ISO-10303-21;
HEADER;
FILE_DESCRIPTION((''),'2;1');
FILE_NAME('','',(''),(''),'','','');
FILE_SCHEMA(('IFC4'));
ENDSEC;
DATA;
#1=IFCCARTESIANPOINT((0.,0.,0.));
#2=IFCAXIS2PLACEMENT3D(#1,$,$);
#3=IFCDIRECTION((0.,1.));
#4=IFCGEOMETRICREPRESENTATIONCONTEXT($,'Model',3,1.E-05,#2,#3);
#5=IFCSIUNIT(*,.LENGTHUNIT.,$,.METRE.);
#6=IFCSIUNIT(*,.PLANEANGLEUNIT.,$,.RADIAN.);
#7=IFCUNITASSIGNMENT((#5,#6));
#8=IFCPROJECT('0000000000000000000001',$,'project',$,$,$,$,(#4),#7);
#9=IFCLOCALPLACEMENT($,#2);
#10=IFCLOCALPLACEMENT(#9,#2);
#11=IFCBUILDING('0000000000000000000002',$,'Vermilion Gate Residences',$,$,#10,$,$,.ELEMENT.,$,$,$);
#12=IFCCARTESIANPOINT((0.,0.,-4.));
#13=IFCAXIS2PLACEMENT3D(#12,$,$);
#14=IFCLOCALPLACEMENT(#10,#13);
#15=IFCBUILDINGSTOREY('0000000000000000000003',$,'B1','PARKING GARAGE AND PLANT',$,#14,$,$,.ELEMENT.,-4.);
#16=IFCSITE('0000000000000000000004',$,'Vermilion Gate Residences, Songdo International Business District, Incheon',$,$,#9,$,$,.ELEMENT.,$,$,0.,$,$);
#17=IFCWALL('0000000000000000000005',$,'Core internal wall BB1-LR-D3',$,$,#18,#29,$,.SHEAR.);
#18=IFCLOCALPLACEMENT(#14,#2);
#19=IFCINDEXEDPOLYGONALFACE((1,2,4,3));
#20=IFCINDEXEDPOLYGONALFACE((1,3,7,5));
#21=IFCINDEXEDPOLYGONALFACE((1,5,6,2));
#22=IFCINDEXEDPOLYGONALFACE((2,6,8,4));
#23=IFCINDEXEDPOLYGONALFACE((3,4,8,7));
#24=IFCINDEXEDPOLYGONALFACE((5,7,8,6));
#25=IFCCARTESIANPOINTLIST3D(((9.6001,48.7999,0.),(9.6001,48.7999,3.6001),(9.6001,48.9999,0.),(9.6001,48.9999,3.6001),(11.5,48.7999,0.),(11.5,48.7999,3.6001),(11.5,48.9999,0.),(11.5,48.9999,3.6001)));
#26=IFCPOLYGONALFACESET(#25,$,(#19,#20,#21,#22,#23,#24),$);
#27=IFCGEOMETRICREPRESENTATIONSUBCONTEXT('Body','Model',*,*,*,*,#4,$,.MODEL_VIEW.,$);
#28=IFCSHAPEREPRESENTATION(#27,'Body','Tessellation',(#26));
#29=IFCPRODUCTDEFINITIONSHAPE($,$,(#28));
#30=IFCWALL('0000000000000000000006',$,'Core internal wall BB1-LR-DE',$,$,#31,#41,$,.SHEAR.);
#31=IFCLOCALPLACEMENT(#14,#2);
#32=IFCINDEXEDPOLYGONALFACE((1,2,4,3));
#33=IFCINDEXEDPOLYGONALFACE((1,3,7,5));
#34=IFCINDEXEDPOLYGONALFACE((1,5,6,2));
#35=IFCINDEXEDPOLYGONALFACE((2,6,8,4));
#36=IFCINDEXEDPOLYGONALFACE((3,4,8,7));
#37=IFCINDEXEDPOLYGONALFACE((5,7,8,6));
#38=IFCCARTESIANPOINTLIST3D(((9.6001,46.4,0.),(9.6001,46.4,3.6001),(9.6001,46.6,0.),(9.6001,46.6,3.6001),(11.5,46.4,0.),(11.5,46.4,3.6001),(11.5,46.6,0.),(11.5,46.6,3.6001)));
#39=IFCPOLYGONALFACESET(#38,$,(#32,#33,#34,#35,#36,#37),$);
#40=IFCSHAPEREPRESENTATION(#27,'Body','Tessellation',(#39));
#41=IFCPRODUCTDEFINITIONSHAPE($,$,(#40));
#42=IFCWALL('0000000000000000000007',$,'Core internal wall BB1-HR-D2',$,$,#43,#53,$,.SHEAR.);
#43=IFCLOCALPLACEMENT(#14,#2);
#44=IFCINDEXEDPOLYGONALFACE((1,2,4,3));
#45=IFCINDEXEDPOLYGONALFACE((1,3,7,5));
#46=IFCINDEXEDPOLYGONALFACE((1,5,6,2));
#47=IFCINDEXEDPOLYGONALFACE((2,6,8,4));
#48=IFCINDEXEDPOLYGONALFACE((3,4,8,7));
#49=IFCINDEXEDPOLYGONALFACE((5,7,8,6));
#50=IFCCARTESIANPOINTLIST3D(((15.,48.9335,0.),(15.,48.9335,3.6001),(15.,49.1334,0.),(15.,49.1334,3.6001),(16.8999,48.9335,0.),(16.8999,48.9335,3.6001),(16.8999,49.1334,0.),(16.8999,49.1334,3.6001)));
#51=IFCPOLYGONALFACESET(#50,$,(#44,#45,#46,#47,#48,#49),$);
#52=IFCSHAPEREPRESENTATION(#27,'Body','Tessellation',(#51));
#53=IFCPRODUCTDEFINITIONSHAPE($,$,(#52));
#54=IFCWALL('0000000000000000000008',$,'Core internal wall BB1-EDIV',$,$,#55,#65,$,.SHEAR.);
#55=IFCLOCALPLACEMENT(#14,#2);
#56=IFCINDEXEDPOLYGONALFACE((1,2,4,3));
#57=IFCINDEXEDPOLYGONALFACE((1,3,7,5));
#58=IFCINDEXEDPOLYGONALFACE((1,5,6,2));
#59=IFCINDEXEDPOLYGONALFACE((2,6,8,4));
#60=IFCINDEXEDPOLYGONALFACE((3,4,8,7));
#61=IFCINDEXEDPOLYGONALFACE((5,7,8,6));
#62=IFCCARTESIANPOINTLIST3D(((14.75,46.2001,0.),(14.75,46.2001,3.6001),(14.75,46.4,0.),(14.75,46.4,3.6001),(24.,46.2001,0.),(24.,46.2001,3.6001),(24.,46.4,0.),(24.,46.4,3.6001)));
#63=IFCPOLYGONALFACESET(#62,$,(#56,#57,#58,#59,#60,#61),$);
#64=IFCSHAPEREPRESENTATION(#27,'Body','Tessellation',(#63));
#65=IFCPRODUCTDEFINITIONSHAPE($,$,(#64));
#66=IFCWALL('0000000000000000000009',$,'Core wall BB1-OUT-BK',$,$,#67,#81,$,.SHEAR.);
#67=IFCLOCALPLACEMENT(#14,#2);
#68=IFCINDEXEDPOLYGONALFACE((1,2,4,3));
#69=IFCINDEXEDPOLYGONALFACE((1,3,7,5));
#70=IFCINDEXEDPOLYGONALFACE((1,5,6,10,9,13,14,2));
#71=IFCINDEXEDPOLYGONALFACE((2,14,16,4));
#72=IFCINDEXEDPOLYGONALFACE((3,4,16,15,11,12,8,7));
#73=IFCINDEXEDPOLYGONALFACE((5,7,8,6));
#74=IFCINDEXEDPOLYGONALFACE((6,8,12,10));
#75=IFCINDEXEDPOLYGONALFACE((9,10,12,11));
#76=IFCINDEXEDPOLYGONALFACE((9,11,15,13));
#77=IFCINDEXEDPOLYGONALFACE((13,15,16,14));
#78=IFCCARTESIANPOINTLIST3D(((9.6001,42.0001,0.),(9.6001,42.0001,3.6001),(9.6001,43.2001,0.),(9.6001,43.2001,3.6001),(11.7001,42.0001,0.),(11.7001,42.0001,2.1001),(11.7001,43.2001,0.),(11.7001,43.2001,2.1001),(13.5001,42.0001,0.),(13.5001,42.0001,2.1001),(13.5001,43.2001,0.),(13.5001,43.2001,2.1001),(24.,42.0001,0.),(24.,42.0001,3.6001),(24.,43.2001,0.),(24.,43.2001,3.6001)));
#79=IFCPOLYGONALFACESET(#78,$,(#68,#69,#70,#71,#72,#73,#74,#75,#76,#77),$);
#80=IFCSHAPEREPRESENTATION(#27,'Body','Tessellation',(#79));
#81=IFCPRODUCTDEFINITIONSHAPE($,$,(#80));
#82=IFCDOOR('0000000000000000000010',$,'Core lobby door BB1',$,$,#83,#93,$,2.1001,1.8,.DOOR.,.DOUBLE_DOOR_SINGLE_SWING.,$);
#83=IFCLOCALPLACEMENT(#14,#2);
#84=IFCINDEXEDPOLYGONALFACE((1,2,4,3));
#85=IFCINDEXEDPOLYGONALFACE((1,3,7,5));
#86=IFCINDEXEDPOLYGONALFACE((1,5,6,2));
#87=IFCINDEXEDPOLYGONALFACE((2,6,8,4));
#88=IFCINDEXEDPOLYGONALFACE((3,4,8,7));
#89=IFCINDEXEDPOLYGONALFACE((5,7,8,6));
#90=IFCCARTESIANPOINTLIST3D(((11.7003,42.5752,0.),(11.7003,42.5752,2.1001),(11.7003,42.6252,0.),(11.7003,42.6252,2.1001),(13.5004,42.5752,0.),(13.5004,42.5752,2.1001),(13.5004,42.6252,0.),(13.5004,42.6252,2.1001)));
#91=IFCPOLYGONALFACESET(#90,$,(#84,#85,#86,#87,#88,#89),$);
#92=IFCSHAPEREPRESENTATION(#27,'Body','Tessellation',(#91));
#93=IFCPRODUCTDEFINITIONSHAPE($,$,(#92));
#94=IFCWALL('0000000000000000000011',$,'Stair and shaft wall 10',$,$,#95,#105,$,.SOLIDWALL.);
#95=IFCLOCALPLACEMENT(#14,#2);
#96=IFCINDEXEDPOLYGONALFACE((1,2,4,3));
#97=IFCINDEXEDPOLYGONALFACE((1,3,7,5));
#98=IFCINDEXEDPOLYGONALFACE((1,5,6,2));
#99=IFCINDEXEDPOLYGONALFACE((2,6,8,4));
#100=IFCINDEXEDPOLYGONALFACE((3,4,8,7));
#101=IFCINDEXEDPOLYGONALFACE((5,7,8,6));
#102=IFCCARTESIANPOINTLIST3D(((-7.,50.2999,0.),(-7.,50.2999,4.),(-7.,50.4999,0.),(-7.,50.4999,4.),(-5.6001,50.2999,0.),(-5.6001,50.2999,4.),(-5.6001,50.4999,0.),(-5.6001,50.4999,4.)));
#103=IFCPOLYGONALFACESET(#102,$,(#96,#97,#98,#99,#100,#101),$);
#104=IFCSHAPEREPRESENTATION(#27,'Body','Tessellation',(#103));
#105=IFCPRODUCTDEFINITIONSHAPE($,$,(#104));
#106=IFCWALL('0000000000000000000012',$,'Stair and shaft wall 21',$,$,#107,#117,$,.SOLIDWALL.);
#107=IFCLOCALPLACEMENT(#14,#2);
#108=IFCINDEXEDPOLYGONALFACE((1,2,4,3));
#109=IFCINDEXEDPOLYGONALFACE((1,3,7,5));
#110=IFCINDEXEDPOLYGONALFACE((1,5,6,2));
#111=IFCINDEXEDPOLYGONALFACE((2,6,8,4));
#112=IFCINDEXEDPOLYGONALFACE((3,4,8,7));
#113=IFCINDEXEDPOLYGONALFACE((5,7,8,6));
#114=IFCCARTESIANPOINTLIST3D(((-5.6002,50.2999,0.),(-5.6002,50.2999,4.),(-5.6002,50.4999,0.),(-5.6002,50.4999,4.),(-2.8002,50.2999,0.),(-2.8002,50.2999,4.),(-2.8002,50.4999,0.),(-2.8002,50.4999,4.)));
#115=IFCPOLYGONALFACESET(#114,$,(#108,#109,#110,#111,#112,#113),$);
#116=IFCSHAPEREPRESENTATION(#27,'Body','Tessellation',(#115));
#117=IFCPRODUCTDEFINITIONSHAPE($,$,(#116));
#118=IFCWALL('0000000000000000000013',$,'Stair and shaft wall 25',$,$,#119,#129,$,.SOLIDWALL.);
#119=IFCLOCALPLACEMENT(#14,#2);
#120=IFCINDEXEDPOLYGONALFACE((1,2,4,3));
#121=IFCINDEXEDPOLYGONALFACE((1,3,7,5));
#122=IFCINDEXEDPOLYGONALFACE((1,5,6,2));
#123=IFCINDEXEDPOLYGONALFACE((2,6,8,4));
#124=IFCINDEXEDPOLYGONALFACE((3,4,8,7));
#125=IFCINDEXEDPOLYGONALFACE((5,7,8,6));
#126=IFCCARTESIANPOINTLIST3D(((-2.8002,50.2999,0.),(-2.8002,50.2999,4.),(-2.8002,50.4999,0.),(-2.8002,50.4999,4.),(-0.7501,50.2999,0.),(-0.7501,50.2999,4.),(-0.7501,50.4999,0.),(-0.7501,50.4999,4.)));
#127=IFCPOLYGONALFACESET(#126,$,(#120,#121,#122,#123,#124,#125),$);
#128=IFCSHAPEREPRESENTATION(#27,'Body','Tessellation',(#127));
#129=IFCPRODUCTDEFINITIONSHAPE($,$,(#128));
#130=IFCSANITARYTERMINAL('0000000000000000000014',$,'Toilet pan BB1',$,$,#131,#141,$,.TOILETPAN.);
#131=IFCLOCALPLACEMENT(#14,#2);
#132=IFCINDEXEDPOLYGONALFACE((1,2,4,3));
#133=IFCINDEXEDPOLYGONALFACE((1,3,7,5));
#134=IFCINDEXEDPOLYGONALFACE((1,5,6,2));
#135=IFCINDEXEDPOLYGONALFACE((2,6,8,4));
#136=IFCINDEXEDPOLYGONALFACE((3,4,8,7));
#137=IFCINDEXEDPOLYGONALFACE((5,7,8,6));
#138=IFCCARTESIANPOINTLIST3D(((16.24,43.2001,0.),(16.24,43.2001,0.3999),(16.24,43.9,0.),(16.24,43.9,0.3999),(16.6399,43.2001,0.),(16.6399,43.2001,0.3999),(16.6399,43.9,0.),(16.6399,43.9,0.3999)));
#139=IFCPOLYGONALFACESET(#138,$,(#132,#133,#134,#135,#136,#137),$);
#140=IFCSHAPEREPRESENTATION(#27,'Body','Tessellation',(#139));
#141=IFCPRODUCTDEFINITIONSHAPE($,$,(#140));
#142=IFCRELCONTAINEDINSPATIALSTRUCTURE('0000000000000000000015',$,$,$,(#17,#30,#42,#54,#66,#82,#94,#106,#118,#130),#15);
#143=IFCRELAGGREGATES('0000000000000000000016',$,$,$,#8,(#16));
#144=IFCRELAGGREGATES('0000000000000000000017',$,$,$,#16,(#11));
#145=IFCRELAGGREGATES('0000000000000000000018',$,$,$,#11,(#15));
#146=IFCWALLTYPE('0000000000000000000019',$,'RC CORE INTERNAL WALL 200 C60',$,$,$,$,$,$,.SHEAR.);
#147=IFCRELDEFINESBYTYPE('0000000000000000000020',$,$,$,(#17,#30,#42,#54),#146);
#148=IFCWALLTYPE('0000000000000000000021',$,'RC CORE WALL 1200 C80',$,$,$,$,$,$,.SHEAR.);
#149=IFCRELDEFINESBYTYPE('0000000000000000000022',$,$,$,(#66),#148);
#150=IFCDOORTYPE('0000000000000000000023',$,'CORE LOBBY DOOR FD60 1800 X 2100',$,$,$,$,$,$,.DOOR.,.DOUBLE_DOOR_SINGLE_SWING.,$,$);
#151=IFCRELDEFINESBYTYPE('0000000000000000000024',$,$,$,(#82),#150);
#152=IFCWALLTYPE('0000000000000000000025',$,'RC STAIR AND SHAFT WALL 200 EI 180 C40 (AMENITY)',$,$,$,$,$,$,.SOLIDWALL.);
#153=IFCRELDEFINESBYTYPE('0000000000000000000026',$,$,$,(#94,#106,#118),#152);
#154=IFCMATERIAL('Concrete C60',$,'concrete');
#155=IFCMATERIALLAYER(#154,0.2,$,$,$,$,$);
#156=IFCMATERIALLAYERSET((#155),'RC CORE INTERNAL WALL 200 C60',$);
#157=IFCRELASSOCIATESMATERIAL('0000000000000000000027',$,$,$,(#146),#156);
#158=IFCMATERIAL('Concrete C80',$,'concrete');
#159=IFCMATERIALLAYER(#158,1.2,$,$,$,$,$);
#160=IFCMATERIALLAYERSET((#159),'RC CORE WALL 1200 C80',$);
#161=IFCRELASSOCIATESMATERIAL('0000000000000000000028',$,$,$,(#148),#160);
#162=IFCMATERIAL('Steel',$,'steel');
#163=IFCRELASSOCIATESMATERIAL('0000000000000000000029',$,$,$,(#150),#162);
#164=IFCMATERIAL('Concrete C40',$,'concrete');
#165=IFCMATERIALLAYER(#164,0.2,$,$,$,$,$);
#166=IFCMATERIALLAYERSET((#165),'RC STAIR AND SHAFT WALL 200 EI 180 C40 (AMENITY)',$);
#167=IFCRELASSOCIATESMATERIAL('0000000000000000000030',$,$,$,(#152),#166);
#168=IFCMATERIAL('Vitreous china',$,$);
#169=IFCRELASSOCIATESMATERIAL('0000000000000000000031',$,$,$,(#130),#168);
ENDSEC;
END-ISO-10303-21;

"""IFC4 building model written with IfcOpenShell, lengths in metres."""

from ifc_helpers import new_model, si_unit, direction, frame, frame_2d, origin, origin_2d, place, context, subcontext, project, spatial, rectangle, extrude, material, layer, layer_set, type_object, element, fill, save


model = new_model("IFC4")

# Units and contexts
model_context = context("Model", 3, precision=1e-05, world=origin(), true_north=direction((0.0, 1.0)))
body_context = subcontext(model_context, "Body", "Model", "MODEL_VIEW")
ifc_project = project(units=[si_unit("LENGTHUNIT", "METRE"), si_unit("PLANEANGLEUNIT", "RADIAN")], contexts=[model_context])

# Site, building, storey
site_placement = place(None, origin())
site = spatial("IfcSite", under=ifc_project, at=site_placement, Name="Vermilion Gate Residences, Songdo International Business District, Incheon", CompositionType="ELEMENT", RefElevation=0.0)
building_placement = place(site_placement, origin())
building = spatial("IfcBuilding", under=site, at=building_placement, Name="Vermilion Gate Residences", CompositionType="ELEMENT")
storey_placement = place(building_placement, frame((0.0, 0.0, -4.0)))
storey = spatial("IfcBuildingStorey", under=building, at=storey_placement, Name="B1", Description="PARKING GARAGE AND PLANT", CompositionType="ELEMENT", Elevation=-4.0)

# Walls
ifc_material_1 = material(Name="Concrete C60", Category="concrete")
ifc_layer_1 = layer(ifc_material_1, 0.2)
ifc_layer_set_1 = layer_set([ifc_layer_1], Name="RC CORE INTERNAL WALL 200 C60")
wall_type_1 = type_object("IfcWallType", Name="RC CORE INTERNAL WALL 200 C60", PredefinedType="SHEAR", material=ifc_layer_set_1)
for number, where, z_axis, x_axis, name in (
    (1, (9.6001, 48.8999, 0.0), (0.0, 0.0, 1.0), (1.0, 0.0, 0.0), "Core internal wall BB1-LR-D3"),
    (2, (9.6001, 46.5, 0.0), (0.0, 0.0, 1.0), (1.0, 0.0, 0.0), "Core internal wall BB1-LR-DE"),
    (3, (15.0, 49.0334, 0.0), (0.0, 0.0, 1.0), (1.0, 0.0, 0.0), "Core internal wall BB1-HR-D2"),
):
    element("IfcWall", number, at=place(storey_placement, frame(where, z_axis=z_axis, x_axis=x_axis)), inside=storey, type_object=wall_type_1, Name=name, PredefinedType="SHEAR", context=body_context, shape_type="SweptSolid", body=[
        extrude(rectangle(XDim=1.8999, YDim=0.2, at=frame_2d((0.95, 0.0))), origin(), (0.0, 0.0, 1.0), 3.6001),
    ])
wall_1_placement = place(storey_placement, frame((14.75, 46.3, 0.0), z_axis=(0.0, 0.0, 1.0), x_axis=(1.0, 0.0, 0.0)))
element("IfcWall", 4, at=wall_1_placement, inside=storey, type_object=wall_type_1, Name="Core internal wall BB1-EDIV", PredefinedType="SHEAR", context=body_context, shape_type="SweptSolid", body=[
    extrude(rectangle(XDim=9.25, YDim=0.2, at=frame_2d((4.625, 0.0))), origin(), (0.0, 0.0, 1.0), 3.6001),
])

# Wall, opening, door
ifc_material_2 = material(Name="Concrete C80", Category="concrete")
ifc_layer_2 = layer(ifc_material_2, 1.2)
ifc_layer_set_2 = layer_set([ifc_layer_2], Name="RC CORE WALL 1200 C80")
wall_type_2 = type_object("IfcWallType", Name="RC CORE WALL 1200 C80", PredefinedType="SHEAR", material=ifc_layer_set_2)
wall_2_placement = place(storey_placement, frame((9.6001, 42.6001, 0.0), z_axis=(0.0, 0.0, 1.0), x_axis=(1.0, 0.0, 0.0)))
wall_2 = element("IfcWall", 5, at=wall_2_placement, inside=storey, type_object=wall_type_2, Name="Core wall BB1-OUT-BK", PredefinedType="SHEAR", context=body_context, shape_type="SweptSolid", body=[
    extrude(rectangle(XDim=14.3999, YDim=1.2, at=frame_2d((7.2, 0.0))), origin(), (0.0, 0.0, 1.0), 3.6001),
])
opening_1_placement = place(wall_2_placement, frame((2.1001, 0.0, 0.0)))
opening_1 = element("IfcOpeningElement", 6, at=opening_1_placement, cuts=wall_2, PredefinedType="OPENING", context=body_context, shape_type="SweptSolid", body=[
    extrude(rectangle(XDim=1.8, YDim=2.1001, at=frame_2d((0.8999, 1.05))), frame((0.0, 0.6099, 0.0), z_axis=(0.0, -1.0, 0.0), x_axis=(1.0, 0.0, 0.0)), (0.0, 0.0, 1.0), 1.22),
])
ifc_material_3 = material(Name="Steel", Category="steel")
door_type_1 = type_object("IfcDoorType", Name="CORE LOBBY DOOR FD60 1800 X 2100", OperationType="DOUBLE_DOOR_SINGLE_SWING", PredefinedType="DOOR", material=ifc_material_3)
door_1_placement = place(opening_1_placement, frame((1.8, 0.0, 0.0), z_axis=(0.0, 0.0, 1.0), x_axis=(-1.0, 0.0, 0.0)))
door_1 = element("IfcDoor", 7, at=door_1_placement, inside=storey, type_object=door_type_1, Name="Core lobby door BB1", OperationType="DOUBLE_DOOR_SINGLE_SWING", OverallHeight=2.1001, OverallWidth=1.8, PredefinedType="DOOR", context=body_context, shape_type="SweptSolid", body=[
    extrude(rectangle(XDim=1.8, YDim=2.1001, at=frame_2d((0.8999, 1.05))), frame((0.0, 0.0249, 0.0), z_axis=(0.0, -1.0, 0.0), x_axis=(1.0, 0.0, 0.0)), (0.0, 0.0, 1.0), 0.05),
])
fill(opening_1, door_1)

# Walls
ifc_material_4 = material(Name="Concrete C40", Category="concrete")
ifc_layer_3 = layer(ifc_material_4, 0.2)
ifc_layer_set_3 = layer_set([ifc_layer_3], Name="RC STAIR AND SHAFT WALL 200 EI 180 C40 (AMENITY)")
wall_type_3 = type_object("IfcWallType", Name="RC STAIR AND SHAFT WALL 200 EI 180 C40 (AMENITY)", PredefinedType="SOLIDWALL", material=ifc_layer_set_3)
wall_3_placement = place(storey_placement, frame((-7.0, 50.3999, 0.0), z_axis=(0.0, 0.0, 1.0), x_axis=(1.0, 0.0, 0.0)))
element("IfcWall", 8, at=wall_3_placement, inside=storey, type_object=wall_type_3, Name="Stair and shaft wall 10", PredefinedType="SOLIDWALL", context=body_context, shape_type="SweptSolid", body=[
    extrude(rectangle(XDim=1.3999, YDim=0.2, at=frame_2d((0.7, 0.0))), origin(), (0.0, 0.0, 1.0), 4.0),
])
wall_4_placement = place(storey_placement, frame((-5.6001, 50.3999, 0.0), z_axis=(0.0, 0.0, 1.0), x_axis=(1.0, 0.0, 0.0)))
element("IfcWall", 9, at=wall_4_placement, inside=storey, type_object=wall_type_3, Name="Stair and shaft wall 21", PredefinedType="SOLIDWALL", context=body_context, shape_type="SweptSolid", body=[
    extrude(rectangle(XDim=2.8, YDim=0.2, at=frame_2d((1.3999, 0.0))), origin(), (0.0, 0.0, 1.0), 4.0),
])
wall_5_placement = place(storey_placement, frame((-2.8, 50.3999, 0.0), z_axis=(0.0, 0.0, 1.0), x_axis=(1.0, 0.0, 0.0)))
element("IfcWall", 10, at=wall_5_placement, inside=storey, type_object=wall_type_3, Name="Stair and shaft wall 25", PredefinedType="SOLIDWALL", context=body_context, shape_type="SweptSolid", body=[
    extrude(rectangle(XDim=2.05, YDim=0.2, at=frame_2d((1.0249, 0.0))), origin(), (0.0, 0.0, 1.0), 4.0),
])

# Sanitary terminal
ifc_material_5 = material(Name="Vitreous china")
sanitary_terminal_placement = place(storey_placement, frame((16.4399, 43.55, 0.0), z_axis=(0.0, 0.0, 1.0), x_axis=(1.0, 0.0, 0.0)))
element("IfcSanitaryTerminal", 11, at=sanitary_terminal_placement, inside=storey, material=ifc_material_5, Name="Toilet pan BB1", PredefinedType="TOILETPAN", context=body_context, shape_type="SweptSolid", body=[
    extrude(rectangle(XDim=0.3999, YDim=0.7, at=origin_2d()), origin(), (0.0, 0.0, 1.0), 0.3999),
])

save(model, "model.ifc")
